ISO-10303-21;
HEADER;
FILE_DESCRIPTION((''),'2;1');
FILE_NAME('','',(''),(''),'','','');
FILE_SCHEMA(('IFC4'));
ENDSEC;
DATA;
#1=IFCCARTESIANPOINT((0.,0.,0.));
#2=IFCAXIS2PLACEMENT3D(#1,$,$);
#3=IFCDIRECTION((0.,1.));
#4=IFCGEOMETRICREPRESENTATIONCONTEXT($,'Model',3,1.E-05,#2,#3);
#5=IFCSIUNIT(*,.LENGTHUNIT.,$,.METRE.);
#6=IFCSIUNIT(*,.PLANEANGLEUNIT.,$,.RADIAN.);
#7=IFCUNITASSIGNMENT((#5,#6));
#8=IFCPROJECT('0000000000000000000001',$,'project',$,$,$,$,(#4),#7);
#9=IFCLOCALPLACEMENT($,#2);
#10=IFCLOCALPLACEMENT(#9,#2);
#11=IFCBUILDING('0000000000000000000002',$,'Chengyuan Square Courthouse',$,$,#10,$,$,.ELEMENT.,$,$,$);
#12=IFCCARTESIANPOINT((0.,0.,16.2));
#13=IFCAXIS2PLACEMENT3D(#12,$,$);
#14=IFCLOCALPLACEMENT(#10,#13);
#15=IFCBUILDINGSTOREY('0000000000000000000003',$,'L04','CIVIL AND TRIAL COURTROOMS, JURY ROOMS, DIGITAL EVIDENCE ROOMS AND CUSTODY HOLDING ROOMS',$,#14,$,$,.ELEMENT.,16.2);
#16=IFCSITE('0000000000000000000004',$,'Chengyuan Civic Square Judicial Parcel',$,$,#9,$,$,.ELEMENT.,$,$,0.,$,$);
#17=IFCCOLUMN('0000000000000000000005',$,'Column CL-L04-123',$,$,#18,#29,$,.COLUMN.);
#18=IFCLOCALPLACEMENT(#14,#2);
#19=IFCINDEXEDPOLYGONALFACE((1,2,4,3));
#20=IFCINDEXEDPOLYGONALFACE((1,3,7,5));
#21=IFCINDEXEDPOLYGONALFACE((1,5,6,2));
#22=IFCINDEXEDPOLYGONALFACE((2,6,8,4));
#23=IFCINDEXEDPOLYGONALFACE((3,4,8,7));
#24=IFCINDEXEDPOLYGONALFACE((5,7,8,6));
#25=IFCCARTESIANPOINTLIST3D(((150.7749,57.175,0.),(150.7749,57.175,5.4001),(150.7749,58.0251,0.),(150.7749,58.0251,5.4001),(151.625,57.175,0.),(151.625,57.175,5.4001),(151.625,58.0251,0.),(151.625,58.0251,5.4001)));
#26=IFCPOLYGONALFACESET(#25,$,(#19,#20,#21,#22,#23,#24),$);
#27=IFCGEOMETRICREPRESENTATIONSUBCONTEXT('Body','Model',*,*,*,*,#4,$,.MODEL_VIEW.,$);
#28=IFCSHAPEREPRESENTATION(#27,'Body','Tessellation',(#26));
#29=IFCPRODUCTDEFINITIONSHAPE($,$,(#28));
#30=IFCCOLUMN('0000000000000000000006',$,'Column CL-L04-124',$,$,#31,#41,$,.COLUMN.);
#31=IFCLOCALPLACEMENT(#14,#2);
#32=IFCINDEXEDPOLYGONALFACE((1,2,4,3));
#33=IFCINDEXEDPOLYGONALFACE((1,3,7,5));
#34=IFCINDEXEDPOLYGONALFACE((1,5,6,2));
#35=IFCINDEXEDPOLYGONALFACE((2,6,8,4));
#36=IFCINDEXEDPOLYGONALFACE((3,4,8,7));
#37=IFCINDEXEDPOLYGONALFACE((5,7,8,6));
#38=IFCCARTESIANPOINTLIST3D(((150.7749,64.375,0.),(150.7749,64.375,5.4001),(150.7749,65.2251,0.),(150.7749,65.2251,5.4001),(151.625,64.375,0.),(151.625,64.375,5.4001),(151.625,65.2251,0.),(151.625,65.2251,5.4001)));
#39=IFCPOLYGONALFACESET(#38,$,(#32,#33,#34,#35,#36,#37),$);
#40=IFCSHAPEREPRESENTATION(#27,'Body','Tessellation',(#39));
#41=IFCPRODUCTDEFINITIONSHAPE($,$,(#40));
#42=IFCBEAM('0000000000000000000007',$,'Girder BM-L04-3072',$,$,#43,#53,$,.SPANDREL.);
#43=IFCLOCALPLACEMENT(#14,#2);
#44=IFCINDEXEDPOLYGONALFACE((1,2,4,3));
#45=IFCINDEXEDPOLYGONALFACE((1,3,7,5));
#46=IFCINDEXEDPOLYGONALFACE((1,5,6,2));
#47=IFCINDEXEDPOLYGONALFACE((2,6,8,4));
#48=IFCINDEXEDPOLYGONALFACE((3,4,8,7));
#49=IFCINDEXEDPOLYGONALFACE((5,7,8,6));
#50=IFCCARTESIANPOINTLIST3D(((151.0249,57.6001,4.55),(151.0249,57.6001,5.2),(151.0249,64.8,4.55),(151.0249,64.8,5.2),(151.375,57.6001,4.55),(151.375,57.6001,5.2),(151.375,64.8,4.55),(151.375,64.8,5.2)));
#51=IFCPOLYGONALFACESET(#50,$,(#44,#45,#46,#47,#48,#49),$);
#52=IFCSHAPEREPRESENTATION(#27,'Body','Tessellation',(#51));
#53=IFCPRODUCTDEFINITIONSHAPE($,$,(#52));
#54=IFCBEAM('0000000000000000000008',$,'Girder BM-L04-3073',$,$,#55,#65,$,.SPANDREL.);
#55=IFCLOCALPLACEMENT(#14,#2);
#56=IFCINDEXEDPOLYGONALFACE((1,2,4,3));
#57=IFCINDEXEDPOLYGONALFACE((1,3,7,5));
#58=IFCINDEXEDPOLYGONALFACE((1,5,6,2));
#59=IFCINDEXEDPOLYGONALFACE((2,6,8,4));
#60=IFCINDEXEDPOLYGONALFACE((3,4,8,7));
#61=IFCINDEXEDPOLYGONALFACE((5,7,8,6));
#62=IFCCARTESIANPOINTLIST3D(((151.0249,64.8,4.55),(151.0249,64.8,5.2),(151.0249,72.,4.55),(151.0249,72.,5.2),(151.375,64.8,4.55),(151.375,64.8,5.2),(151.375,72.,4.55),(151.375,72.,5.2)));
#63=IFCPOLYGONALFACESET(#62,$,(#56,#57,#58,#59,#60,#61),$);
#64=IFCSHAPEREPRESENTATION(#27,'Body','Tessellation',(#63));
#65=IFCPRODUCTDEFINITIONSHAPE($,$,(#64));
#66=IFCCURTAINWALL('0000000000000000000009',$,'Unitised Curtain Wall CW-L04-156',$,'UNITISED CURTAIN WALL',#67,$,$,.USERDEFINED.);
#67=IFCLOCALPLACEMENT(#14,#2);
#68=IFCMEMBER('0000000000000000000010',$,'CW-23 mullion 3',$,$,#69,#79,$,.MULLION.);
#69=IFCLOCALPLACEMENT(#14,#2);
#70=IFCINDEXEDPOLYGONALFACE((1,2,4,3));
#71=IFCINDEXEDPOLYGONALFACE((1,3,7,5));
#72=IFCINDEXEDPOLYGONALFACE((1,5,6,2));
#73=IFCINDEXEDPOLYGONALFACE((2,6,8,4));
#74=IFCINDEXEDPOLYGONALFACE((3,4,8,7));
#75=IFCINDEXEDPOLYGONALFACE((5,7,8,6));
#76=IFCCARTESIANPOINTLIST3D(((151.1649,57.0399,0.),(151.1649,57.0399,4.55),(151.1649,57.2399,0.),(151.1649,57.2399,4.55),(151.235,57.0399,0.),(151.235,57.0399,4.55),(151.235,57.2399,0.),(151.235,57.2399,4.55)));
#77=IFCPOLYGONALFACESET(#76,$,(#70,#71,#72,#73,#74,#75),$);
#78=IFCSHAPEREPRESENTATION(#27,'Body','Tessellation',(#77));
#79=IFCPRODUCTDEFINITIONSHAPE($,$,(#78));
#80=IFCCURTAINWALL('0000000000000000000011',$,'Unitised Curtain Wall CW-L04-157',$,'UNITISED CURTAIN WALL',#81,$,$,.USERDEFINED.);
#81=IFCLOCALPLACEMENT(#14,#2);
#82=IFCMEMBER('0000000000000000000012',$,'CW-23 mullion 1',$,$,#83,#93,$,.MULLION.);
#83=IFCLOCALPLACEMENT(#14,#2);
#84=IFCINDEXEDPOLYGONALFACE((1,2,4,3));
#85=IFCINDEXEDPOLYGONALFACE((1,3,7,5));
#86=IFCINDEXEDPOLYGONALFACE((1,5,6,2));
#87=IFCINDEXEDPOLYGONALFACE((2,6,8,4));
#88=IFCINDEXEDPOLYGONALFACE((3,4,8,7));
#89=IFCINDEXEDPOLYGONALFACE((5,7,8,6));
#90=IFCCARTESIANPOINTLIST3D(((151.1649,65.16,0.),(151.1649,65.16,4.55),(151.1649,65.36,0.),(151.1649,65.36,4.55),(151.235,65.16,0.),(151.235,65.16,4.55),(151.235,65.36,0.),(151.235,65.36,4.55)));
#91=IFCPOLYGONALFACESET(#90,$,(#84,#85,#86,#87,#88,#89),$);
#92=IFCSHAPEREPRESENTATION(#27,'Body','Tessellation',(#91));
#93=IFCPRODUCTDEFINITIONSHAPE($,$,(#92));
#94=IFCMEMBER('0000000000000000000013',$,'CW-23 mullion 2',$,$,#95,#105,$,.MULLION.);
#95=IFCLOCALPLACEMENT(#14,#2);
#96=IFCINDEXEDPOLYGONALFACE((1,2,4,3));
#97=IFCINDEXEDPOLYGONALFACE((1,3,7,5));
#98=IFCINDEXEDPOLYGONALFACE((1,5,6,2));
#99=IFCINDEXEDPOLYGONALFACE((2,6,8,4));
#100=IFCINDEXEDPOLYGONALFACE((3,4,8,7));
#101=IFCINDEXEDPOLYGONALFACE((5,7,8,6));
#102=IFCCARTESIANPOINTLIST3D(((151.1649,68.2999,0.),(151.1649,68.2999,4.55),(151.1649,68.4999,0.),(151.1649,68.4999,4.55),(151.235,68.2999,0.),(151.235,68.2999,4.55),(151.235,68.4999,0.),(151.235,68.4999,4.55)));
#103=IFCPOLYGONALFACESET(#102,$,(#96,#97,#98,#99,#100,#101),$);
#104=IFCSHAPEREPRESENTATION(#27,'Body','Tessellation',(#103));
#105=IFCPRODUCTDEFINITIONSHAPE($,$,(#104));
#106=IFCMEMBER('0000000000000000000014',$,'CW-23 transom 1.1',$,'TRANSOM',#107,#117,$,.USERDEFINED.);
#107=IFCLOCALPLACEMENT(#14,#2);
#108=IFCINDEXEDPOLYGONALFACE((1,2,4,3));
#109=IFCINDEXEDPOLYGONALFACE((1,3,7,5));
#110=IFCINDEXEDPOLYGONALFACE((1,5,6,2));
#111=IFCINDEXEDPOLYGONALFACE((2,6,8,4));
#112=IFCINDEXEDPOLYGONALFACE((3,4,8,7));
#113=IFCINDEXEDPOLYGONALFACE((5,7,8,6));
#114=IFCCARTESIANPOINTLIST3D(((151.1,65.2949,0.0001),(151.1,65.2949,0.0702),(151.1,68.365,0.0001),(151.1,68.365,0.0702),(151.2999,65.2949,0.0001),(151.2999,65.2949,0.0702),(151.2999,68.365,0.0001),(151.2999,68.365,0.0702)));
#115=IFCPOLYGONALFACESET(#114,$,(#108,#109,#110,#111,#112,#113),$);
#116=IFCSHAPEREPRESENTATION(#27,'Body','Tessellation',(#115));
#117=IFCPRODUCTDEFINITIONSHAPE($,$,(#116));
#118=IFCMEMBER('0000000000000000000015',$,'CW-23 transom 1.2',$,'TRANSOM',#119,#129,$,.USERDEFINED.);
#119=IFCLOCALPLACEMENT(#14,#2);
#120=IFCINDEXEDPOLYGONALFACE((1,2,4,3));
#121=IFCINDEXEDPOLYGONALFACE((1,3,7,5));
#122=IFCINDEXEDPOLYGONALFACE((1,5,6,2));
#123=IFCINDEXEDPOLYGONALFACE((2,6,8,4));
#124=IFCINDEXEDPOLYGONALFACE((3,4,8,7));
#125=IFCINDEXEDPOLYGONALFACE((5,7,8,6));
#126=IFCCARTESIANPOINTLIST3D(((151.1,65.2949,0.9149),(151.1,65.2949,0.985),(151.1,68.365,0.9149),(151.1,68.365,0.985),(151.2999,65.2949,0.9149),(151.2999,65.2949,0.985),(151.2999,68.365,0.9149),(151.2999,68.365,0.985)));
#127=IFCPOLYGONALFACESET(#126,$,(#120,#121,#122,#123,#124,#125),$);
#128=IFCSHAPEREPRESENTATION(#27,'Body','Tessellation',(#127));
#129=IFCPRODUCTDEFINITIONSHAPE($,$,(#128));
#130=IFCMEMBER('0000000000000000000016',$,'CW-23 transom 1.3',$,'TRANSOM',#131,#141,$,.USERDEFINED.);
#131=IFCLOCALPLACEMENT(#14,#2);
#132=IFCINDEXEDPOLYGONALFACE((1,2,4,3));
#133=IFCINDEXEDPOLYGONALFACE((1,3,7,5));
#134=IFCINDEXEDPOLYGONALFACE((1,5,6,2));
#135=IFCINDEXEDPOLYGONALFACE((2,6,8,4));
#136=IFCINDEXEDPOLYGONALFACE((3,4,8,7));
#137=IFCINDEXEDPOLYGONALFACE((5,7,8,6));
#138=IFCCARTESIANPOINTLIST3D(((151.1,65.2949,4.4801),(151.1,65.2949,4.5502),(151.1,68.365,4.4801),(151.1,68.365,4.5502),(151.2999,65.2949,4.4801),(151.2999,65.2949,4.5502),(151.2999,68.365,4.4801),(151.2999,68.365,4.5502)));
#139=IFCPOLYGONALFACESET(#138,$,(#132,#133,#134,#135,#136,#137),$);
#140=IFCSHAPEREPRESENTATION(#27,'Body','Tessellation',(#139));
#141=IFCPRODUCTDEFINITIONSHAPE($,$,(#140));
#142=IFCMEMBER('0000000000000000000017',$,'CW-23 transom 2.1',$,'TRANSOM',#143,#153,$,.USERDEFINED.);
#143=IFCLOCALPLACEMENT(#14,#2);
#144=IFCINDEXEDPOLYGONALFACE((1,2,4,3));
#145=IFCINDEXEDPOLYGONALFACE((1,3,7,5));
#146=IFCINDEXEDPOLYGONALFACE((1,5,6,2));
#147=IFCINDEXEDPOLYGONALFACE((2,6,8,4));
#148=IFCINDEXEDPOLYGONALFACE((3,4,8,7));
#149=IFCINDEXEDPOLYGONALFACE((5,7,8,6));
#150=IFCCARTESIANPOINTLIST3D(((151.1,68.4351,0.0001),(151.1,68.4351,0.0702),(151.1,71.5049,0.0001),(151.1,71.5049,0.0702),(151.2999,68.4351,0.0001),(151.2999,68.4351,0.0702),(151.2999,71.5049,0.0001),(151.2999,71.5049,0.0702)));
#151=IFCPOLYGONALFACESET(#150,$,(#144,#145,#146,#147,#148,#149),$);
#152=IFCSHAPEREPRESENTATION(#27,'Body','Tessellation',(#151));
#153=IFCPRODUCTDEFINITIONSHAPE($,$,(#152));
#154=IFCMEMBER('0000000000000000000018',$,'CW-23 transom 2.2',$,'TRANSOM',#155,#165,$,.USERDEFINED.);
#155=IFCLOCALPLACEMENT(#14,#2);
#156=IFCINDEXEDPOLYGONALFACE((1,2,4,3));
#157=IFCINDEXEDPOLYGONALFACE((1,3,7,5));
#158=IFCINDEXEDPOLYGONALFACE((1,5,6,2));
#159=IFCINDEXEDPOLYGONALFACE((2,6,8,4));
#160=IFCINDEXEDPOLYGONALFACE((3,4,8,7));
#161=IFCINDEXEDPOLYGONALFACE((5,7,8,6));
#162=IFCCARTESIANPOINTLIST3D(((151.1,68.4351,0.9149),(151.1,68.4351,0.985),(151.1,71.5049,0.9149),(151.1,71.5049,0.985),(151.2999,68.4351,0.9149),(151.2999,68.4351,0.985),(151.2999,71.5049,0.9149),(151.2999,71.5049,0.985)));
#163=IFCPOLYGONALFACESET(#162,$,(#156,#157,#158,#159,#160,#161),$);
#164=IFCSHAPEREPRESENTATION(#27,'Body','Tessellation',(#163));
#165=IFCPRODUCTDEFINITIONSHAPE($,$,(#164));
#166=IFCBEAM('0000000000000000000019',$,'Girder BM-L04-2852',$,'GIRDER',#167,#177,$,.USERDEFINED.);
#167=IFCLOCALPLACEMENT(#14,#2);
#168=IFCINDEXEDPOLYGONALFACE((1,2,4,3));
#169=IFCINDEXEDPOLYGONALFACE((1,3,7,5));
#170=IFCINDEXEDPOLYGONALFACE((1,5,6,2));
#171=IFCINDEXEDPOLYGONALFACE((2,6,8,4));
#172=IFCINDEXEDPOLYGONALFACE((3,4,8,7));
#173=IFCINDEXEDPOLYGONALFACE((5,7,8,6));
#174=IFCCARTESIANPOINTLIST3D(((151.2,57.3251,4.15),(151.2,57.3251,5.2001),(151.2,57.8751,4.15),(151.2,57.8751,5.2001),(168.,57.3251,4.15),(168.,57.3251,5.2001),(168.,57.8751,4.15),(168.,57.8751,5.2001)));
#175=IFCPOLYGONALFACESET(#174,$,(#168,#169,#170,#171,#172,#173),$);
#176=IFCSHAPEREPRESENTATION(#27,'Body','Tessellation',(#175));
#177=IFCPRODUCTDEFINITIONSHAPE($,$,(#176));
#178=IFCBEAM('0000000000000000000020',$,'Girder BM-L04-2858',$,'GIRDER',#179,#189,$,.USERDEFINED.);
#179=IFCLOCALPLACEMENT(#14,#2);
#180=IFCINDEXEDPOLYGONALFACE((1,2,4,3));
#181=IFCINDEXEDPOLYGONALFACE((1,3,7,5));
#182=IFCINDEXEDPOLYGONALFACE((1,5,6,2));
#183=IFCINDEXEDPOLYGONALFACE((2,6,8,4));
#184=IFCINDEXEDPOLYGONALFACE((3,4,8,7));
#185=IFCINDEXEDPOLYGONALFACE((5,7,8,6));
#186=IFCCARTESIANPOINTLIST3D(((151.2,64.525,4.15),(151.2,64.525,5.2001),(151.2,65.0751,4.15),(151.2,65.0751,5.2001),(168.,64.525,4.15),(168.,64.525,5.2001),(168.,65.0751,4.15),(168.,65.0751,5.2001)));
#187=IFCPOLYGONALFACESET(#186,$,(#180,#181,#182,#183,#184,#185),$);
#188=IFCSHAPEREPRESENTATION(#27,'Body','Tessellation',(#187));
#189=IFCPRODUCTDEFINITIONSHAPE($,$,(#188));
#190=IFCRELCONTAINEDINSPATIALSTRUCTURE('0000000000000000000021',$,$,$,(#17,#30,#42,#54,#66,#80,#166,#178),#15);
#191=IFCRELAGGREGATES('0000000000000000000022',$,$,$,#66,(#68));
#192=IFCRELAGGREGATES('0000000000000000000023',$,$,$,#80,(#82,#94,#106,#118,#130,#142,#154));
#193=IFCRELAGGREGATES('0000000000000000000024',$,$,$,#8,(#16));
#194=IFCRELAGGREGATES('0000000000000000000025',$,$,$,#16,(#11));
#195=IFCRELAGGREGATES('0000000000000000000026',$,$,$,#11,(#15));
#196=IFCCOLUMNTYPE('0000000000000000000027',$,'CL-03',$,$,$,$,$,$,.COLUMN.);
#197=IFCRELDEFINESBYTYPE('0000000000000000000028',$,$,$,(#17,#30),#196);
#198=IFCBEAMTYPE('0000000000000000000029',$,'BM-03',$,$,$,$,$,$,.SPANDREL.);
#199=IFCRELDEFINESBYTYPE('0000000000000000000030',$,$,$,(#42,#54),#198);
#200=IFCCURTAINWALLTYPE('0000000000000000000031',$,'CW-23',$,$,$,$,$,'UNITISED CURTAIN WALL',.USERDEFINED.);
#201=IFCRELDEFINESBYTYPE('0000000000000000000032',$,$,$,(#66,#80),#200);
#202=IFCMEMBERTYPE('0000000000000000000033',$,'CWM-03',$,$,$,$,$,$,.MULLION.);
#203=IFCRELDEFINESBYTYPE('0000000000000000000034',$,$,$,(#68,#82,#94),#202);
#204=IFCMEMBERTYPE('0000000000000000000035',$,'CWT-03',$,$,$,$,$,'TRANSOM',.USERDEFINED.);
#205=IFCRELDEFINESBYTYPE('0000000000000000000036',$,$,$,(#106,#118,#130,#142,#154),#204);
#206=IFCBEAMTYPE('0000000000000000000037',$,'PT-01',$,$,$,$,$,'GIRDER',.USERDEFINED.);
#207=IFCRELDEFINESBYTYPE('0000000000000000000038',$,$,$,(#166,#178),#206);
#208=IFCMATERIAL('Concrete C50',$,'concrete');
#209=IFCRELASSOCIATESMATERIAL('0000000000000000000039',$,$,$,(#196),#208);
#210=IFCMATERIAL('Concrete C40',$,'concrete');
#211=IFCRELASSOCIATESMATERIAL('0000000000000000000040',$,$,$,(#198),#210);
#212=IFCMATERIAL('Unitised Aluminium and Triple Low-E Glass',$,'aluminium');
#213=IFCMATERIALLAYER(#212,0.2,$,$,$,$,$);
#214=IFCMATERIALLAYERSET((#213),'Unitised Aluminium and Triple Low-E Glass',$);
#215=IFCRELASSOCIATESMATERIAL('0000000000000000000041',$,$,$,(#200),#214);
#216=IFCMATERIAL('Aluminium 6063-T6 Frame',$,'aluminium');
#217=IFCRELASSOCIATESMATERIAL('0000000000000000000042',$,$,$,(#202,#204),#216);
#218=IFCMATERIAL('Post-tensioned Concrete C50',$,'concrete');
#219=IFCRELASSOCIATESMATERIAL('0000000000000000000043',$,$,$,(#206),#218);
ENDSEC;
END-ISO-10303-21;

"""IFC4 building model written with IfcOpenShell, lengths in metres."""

from ifc_helpers import new_model, si_unit, direction, frame, origin, origin_2d, place, context, subcontext, project, spatial, rectangle, extrude, material, layer, layer_set, material_profile, profile_set, type_object, element, aggregate, save


model = new_model("IFC4")

# Units and contexts
model_context = context("Model", 3, precision=1e-05, world=origin(), true_north=direction((0.0, 1.0)))
body_context = subcontext(model_context, "Body", "Model", "MODEL_VIEW")
ifc_project = project(units=[si_unit("LENGTHUNIT", "METRE"), si_unit("PLANEANGLEUNIT", "RADIAN")], contexts=[model_context])

# Site, building, storey
site_placement = place(None, origin())
site = spatial("IfcSite", under=ifc_project, at=site_placement, Name="Chengyuan Civic Square Judicial Parcel", CompositionType="ELEMENT", RefElevation=0.0)
building_placement = place(site_placement, origin())
building = spatial("IfcBuilding", under=site, at=building_placement, Name="Chengyuan Square Courthouse", CompositionType="ELEMENT")
storey_placement = place(building_placement, frame((0.0, 0.0, 16.2)))
storey = spatial("IfcBuildingStorey", under=building, at=storey_placement, Name="L04", Description="CIVIL AND TRIAL COURTROOMS, JURY ROOMS, DIGITAL EVIDENCE ROOMS AND CUSTODY HOLDING ROOMS", CompositionType="ELEMENT", Elevation=16.2)

# Columns
ifc_material_1 = material(Name="Concrete C50", Category="concrete")
ifc_material_profile_1 = material_profile(ifc_material_1, rectangle(XDim=0.8501, YDim=0.8501, at=origin_2d()), Name="RC-COL-850x850")
ifc_profile_set_1 = profile_set([ifc_material_profile_1], Name="Concrete C50")
column_type = type_object("IfcColumnType", Name="CL-03", PredefinedType="COLUMN", material=ifc_profile_set_1)
for number, where, z_axis, x_axis, name in (
    (1, (151.2, 57.6001, 0.0), (0.0, 0.0, 1.0), (1.0, 0.0, 0.0), "Column CL-L04-123"),
    (2, (151.2, 64.8, 0.0), (0.0, 0.0, 1.0), (1.0, 0.0, 0.0), "Column CL-L04-124"),
):
    element("IfcColumn", number, at=place(storey_placement, frame(where, z_axis=z_axis, x_axis=x_axis)), inside=storey, type_object=column_type, Name=name, PredefinedType="COLUMN", context=body_context, shape_type="SweptSolid", body=[
        extrude(rectangle(XDim=0.8501, YDim=0.8501, at=origin_2d()), origin(), (0.0, 0.0, 1.0), 5.4001),
    ])

# Beams
ifc_material_2 = material(Name="Concrete C40", Category="concrete")
ifc_material_profile_2 = material_profile(ifc_material_2, rectangle(XDim=0.3501, YDim=0.6499, at=origin_2d()), Name="RC-BM-350x650")
ifc_profile_set_2 = profile_set([ifc_material_profile_2], Name="Concrete C40")
beam_type_1 = type_object("IfcBeamType", Name="BM-03", PredefinedType="SPANDREL", material=ifc_profile_set_2)
for number, where, z_axis, x_axis, name in (
    (3, (151.2, 57.6001, 4.875), (0.0, 1.0, 0.0), (-1.0, 0.0, 0.0), "Girder BM-L04-3072"),
    (4, (151.2, 64.8, 4.875), (0.0, 1.0, 0.0), (-1.0, 0.0, 0.0), "Girder BM-L04-3073"),
):
    element("IfcBeam", number, at=place(storey_placement, frame(where, z_axis=z_axis, x_axis=x_axis)), inside=storey, type_object=beam_type_1, Name=name, PredefinedType="SPANDREL", context=body_context, shape_type="SweptSolid", body=[
        extrude(rectangle(XDim=0.3501, YDim=0.6499, at=origin_2d()), origin(), (0.0, 0.0, 1.0), 7.2),
    ])

# Curtain wall, member
ifc_material_3 = material(Name="Unitised Aluminium and Triple Low-E Glass", Category="aluminium")
ifc_layer_1 = layer(ifc_material_3, 0.2)
ifc_layer_set_1 = layer_set([ifc_layer_1], Name="Unitised Aluminium and Triple Low-E Glass")
curtain_wall_type = type_object("IfcCurtainWallType", Name="CW-23", ElementType="UNITISED CURTAIN WALL", PredefinedType="USERDEFINED", material=ifc_layer_set_1)
curtain_wall_1_placement = place(storey_placement, origin())
curtain_wall_1 = element("IfcCurtainWall", 5, at=curtain_wall_1_placement, inside=storey, type_object=curtain_wall_type, Name="Unitised Curtain Wall CW-L04-156", ObjectType="UNITISED CURTAIN WALL", PredefinedType="USERDEFINED")
ifc_material_4 = material(Name="Aluminium 6063-T6 Frame", Category="aluminium")
ifc_material_profile_3 = material_profile(ifc_material_4, rectangle(XDim=0.0701, YDim=0.2, at=origin_2d()), Name="CW-MUL-70x200")
ifc_profile_set_3 = profile_set([ifc_material_profile_3], Name="Aluminium 6063-T6 Frame")
member_type_1 = type_object("IfcMemberType", Name="CWM-03", PredefinedType="MULLION", material=ifc_profile_set_3)
member_1_placement = place(storey_placement, frame((151.2, 57.1399, 0.0), z_axis=(0.0, 0.0, 1.0), x_axis=(-1.0, 0.0, 0.0)))
member_1 = element("IfcMember", 6, at=member_1_placement, type_object=member_type_1, Name="CW-23 mullion 3", PredefinedType="MULLION", context=body_context, shape_type="SweptSolid", body=[
    extrude(rectangle(XDim=0.0701, YDim=0.2, at=origin_2d()), origin(), (0.0, 0.0, 1.0), 4.55),
])

# Curtain wall, members
curtain_wall_2_placement = place(storey_placement, origin())
curtain_wall_2 = element("IfcCurtainWall", 7, at=curtain_wall_2_placement, inside=storey, type_object=curtain_wall_type, Name="Unitised Curtain Wall CW-L04-157", ObjectType="UNITISED CURTAIN WALL", PredefinedType="USERDEFINED")
member_2_placement = place(storey_placement, frame((151.2, 65.26, 0.0), z_axis=(0.0, 0.0, 1.0), x_axis=(-1.0, 0.0, 0.0)))
member_2 = element("IfcMember", 8, at=member_2_placement, type_object=member_type_1, Name="CW-23 mullion 1", PredefinedType="MULLION", context=body_context, shape_type="SweptSolid", body=[
    extrude(rectangle(XDim=0.0701, YDim=0.2, at=origin_2d()), origin(), (0.0, 0.0, 1.0), 4.55),
])
member_3_placement = place(storey_placement, frame((151.2, 68.3999, 0.0), z_axis=(0.0, 0.0, 1.0), x_axis=(-1.0, 0.0, 0.0)))
member_3 = element("IfcMember", 9, at=member_3_placement, type_object=member_type_1, Name="CW-23 mullion 2", PredefinedType="MULLION", context=body_context, shape_type="SweptSolid", body=[
    extrude(rectangle(XDim=0.0701, YDim=0.2, at=origin_2d()), origin(), (0.0, 0.0, 1.0), 4.55),
])
ifc_material_profile_4 = material_profile(ifc_material_4, rectangle(XDim=0.2, YDim=0.0701, at=origin_2d()), Name="CW-TRN-70x160")
ifc_profile_set_4 = profile_set([ifc_material_profile_4], Name="Aluminium 6063-T6 Frame")
member_type_2 = type_object("IfcMemberType", Name="CWT-03", ElementType="TRANSOM", PredefinedType="USERDEFINED", material=ifc_profile_set_4)
member_4_placement = place(storey_placement, frame((151.2, 65.2949, 0.0352), z_axis=(0.0, 1.0, 0.0), x_axis=(-1.0, 0.0, 0.0)))
member_4 = element("IfcMember", 10, at=member_4_placement, type_object=member_type_2, Name="CW-23 transom 1.1", ObjectType="TRANSOM", PredefinedType="USERDEFINED", context=body_context, shape_type="SweptSolid", body=[
    extrude(rectangle(XDim=0.2, YDim=0.0701, at=origin_2d()), origin(), (0.0, 0.0, 1.0), 3.0701),
])
member_5_placement = place(storey_placement, frame((151.2, 65.2949, 0.95), z_axis=(0.0, 1.0, 0.0), x_axis=(-1.0, 0.0, 0.0)))
member_5 = element("IfcMember", 11, at=member_5_placement, type_object=member_type_2, Name="CW-23 transom 1.2", ObjectType="TRANSOM", PredefinedType="USERDEFINED", context=body_context, shape_type="SweptSolid", body=[
    extrude(rectangle(XDim=0.2, YDim=0.0701, at=origin_2d()), origin(), (0.0, 0.0, 1.0), 3.0701),
])
member_6_placement = place(storey_placement, frame((151.2, 65.2949, 4.5151), z_axis=(0.0, 1.0, 0.0), x_axis=(-1.0, 0.0, 0.0)))
member_6 = element("IfcMember", 12, at=member_6_placement, type_object=member_type_2, Name="CW-23 transom 1.3", ObjectType="TRANSOM", PredefinedType="USERDEFINED", context=body_context, shape_type="SweptSolid", body=[
    extrude(rectangle(XDim=0.2, YDim=0.0701, at=origin_2d()), origin(), (0.0, 0.0, 1.0), 3.0701),
])
member_7_placement = place(storey_placement, frame((151.2, 68.4351, 0.0352), z_axis=(0.0, 1.0, 0.0), x_axis=(-1.0, 0.0, 0.0)))
member_7 = element("IfcMember", 13, at=member_7_placement, type_object=member_type_2, Name="CW-23 transom 2.1", ObjectType="TRANSOM", PredefinedType="USERDEFINED", context=body_context, shape_type="SweptSolid", body=[
    extrude(rectangle(XDim=0.2, YDim=0.0701, at=origin_2d()), origin(), (0.0, 0.0, 1.0), 3.0698),
])
member_8_placement = place(storey_placement, frame((151.2, 68.4351, 0.95), z_axis=(0.0, 1.0, 0.0), x_axis=(-1.0, 0.0, 0.0)))
member_8 = element("IfcMember", 14, at=member_8_placement, type_object=member_type_2, Name="CW-23 transom 2.2", ObjectType="TRANSOM", PredefinedType="USERDEFINED", context=body_context, shape_type="SweptSolid", body=[
    extrude(rectangle(XDim=0.2, YDim=0.0701, at=origin_2d()), origin(), (0.0, 0.0, 1.0), 3.0698),
])

# Beams
ifc_material_5 = material(Name="Post-tensioned Concrete C50", Category="concrete")
ifc_material_profile_5 = material_profile(ifc_material_5, rectangle(XDim=0.55, YDim=1.05, at=origin_2d()), Name="PT-BM-550x1050")
ifc_profile_set_5 = profile_set([ifc_material_profile_5], Name="Post-tensioned Concrete C50")
beam_type_2 = type_object("IfcBeamType", Name="PT-01", ElementType="GIRDER", PredefinedType="USERDEFINED", material=ifc_profile_set_5)
for number, where, z_axis, x_axis, name in (
    (15, (151.2, 57.6001, 4.675), (1.0, 0.0, 0.0), (0.0, 1.0, 0.0), "Girder BM-L04-2852"),
    (16, (151.2, 64.8, 4.675), (1.0, 0.0, 0.0), (0.0, 1.0, 0.0), "Girder BM-L04-2858"),
):
    element("IfcBeam", number, at=place(storey_placement, frame(where, z_axis=z_axis, x_axis=x_axis)), inside=storey, type_object=beam_type_2, Name=name, ObjectType="GIRDER", PredefinedType="USERDEFINED", context=body_context, shape_type="SweptSolid", body=[
        extrude(rectangle(XDim=0.55, YDim=1.05, at=origin_2d()), origin(), (0.0, 0.0, 1.0), 16.8),
    ])

aggregate(curtain_wall_1, [member_1])
aggregate(curtain_wall_2, [member_2, member_3, member_4, member_5, member_6, member_7, member_8])

save(model, "model.ifc")
